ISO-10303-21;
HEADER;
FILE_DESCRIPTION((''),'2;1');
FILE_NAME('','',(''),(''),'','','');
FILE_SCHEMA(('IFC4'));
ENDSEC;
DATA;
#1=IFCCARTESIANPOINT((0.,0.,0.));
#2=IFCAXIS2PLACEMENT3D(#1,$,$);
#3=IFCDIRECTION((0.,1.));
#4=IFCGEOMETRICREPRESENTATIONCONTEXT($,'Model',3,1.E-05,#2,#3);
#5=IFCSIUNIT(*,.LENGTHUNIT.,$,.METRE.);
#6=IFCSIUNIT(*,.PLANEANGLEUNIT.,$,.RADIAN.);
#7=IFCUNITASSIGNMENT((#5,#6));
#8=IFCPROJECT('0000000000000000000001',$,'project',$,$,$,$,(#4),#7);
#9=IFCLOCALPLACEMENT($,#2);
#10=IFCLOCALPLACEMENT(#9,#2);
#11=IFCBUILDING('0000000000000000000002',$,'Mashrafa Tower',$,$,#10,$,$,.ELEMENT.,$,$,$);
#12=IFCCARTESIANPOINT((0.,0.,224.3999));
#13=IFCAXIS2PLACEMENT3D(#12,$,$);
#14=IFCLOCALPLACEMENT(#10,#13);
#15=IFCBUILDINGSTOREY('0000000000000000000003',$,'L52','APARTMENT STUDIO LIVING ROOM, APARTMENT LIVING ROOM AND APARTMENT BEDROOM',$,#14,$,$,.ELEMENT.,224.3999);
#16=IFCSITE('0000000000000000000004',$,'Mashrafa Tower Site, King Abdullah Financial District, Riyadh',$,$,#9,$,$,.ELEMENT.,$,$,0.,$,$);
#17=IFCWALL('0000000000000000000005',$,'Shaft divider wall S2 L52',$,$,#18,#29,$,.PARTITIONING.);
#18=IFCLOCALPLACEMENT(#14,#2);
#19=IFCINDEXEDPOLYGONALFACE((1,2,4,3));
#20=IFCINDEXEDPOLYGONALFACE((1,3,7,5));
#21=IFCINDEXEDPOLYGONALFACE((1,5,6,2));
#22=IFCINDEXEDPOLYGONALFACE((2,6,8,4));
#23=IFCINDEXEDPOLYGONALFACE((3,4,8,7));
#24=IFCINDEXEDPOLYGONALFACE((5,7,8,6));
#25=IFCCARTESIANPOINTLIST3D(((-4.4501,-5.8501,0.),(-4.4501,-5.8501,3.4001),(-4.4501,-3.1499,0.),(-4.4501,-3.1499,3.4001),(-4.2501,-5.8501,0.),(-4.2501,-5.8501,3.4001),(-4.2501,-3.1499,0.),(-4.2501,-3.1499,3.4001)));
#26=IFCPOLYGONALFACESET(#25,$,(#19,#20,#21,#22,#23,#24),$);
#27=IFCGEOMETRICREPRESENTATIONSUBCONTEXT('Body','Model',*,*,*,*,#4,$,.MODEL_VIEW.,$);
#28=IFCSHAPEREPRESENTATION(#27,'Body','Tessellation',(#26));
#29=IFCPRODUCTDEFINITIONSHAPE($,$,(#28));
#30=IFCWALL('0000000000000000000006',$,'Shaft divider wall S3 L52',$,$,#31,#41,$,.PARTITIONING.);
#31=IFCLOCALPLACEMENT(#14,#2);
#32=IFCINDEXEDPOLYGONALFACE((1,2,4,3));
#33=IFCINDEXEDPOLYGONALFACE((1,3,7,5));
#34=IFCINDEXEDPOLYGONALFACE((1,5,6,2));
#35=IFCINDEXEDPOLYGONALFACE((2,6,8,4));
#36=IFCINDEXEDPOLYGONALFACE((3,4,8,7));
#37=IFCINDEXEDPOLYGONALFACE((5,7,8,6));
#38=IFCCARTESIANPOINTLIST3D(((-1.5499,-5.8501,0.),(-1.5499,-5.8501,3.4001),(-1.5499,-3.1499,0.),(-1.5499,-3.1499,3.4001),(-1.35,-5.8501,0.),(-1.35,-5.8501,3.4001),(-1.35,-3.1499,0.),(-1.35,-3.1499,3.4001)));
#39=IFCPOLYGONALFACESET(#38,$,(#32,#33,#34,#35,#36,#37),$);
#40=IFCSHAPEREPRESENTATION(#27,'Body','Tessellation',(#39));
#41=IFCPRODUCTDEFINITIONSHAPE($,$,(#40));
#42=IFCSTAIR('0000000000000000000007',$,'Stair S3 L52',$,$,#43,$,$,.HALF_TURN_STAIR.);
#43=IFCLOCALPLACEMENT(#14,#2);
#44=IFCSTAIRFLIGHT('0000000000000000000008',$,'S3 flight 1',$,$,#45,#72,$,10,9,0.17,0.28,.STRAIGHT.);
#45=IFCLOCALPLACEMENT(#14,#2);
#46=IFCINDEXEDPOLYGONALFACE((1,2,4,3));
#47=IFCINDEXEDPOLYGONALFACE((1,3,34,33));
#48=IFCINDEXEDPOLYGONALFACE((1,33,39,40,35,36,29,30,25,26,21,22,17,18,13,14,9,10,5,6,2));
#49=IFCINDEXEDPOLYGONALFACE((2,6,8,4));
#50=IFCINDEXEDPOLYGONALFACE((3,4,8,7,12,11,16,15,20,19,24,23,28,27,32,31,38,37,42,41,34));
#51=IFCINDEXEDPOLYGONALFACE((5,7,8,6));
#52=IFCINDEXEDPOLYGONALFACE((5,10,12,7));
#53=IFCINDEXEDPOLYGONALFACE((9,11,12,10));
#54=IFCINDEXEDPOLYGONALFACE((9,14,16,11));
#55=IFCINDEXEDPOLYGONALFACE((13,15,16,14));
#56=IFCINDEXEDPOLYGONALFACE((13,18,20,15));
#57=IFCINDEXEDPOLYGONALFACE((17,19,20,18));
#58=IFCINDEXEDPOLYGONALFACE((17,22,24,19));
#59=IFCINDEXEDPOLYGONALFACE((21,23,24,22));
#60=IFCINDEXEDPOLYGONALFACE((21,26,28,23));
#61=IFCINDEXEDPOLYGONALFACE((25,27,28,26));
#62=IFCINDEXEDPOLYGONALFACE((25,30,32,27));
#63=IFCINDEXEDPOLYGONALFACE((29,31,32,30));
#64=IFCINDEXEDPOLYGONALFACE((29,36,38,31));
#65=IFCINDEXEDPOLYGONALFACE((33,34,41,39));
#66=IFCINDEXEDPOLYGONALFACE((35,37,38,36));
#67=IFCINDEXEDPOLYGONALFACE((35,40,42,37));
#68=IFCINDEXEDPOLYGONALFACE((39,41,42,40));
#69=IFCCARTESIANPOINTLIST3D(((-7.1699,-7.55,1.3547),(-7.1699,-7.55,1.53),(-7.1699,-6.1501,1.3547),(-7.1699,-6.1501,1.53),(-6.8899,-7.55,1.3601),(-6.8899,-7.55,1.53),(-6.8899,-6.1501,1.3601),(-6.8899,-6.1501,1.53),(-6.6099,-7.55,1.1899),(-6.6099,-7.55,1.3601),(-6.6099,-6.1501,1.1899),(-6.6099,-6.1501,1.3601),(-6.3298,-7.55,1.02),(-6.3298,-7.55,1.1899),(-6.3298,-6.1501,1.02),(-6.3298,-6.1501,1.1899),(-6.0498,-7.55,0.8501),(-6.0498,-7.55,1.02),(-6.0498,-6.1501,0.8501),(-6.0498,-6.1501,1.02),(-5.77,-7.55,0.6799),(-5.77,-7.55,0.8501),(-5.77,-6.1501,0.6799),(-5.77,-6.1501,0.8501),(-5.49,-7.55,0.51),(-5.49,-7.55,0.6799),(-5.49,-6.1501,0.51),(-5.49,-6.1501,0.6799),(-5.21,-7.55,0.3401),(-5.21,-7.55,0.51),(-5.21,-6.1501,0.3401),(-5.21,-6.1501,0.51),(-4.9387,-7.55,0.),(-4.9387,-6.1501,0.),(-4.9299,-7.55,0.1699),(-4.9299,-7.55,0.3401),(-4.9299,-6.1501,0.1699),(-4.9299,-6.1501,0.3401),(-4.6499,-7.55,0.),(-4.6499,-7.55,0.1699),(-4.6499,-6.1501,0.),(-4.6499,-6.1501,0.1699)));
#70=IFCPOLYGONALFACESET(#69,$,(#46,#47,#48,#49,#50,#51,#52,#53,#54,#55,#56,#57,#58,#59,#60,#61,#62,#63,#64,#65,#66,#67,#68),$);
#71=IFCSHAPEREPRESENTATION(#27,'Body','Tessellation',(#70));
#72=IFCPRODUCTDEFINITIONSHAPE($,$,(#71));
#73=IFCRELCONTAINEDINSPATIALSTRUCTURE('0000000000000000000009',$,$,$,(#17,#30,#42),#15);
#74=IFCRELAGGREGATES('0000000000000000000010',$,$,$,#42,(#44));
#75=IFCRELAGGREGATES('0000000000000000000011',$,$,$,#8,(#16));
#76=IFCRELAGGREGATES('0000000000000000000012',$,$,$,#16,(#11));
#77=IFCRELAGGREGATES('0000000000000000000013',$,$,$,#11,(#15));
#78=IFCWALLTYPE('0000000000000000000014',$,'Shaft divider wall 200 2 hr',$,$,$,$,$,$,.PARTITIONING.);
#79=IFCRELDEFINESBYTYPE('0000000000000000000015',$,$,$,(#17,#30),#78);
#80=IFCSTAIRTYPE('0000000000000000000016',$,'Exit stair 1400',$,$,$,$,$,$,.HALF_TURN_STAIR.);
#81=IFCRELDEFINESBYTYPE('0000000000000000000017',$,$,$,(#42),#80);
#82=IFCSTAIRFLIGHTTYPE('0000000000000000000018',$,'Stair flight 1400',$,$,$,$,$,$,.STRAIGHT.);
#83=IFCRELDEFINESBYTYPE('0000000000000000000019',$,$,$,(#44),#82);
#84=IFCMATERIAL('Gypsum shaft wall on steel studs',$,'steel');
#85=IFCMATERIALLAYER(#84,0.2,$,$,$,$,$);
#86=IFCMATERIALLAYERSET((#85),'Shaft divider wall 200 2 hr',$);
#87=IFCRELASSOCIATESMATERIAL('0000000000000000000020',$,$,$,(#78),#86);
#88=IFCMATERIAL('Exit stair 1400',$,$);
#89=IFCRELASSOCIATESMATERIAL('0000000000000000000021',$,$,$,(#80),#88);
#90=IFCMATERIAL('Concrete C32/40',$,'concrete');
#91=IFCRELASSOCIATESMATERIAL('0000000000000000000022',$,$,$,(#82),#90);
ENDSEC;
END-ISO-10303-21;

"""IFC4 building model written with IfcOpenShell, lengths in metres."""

from ifc_helpers import new_model, si_unit, direction, frame, frame_2d, origin, place, context, subcontext, project, spatial, polyline, rectangle, outline, extrude, material, layer, layer_set, type_object, element, aggregate, save


model = new_model("IFC4")

# Units and contexts
model_context = context("Model", 3, precision=1e-05, world=origin(), true_north=direction((0.0, 1.0)))
body_context = subcontext(model_context, "Body", "Model", "MODEL_VIEW")
ifc_project = project(units=[si_unit("LENGTHUNIT", "METRE"), si_unit("PLANEANGLEUNIT", "RADIAN")], contexts=[model_context])

# Site, building, storey
site_placement = place(None, origin())
site = spatial("IfcSite", under=ifc_project, at=site_placement, Name="Mashrafa Tower Site, King Abdullah Financial District, Riyadh", CompositionType="ELEMENT", RefElevation=0.0)
building_placement = place(site_placement, origin())
building = spatial("IfcBuilding", under=site, at=building_placement, Name="Mashrafa Tower", CompositionType="ELEMENT")
storey_placement = place(building_placement, frame((0.0, 0.0, 224.3999)))
storey = spatial("IfcBuildingStorey", under=building, at=storey_placement, Name="L52", Description="APARTMENT STUDIO LIVING ROOM, APARTMENT LIVING ROOM AND APARTMENT BEDROOM", CompositionType="ELEMENT", Elevation=224.3999)

# Walls
ifc_material_1 = material(Name="Gypsum shaft wall on steel studs", Category="steel")
ifc_layer_1 = layer(ifc_material_1, 0.2)
ifc_layer_set_1 = layer_set([ifc_layer_1], Name="Shaft divider wall 200 2 hr")
wall_type_1 = type_object("IfcWallType", Name="Shaft divider wall 200 2 hr", PredefinedType="PARTITIONING", material=ifc_layer_set_1)
for number, where, z_axis, x_axis, name in (
    (1, (-4.3501, -5.8501, 0.0), (0.0, 0.0, 1.0), (0.0, 1.0, 0.0), "Shaft divider wall S2 L52"),
    (2, (-1.45, -5.8501, 0.0), (0.0, 0.0, 1.0), (0.0, 1.0, 0.0), "Shaft divider wall S3 L52"),
):
    element("IfcWall", number, at=place(storey_placement, frame(where, z_axis=z_axis, x_axis=x_axis)), inside=storey, type_object=wall_type_1, Name=name, PredefinedType="PARTITIONING", context=body_context, shape_type="SweptSolid", body=[
        extrude(rectangle(XDim=2.7002, YDim=0.2, at=frame_2d((1.3501, 0.0))), origin(), (0.0, 0.0, 1.0), 3.4001),
    ])

# Stair, stair flight
ifc_material_2 = material(Name="Exit stair 1400")
stair_type = type_object("IfcStairType", Name="Exit stair 1400", PredefinedType="HALF_TURN_STAIR", material=ifc_material_2)
stair_placement = place(storey_placement, origin())
stair = element("IfcStair", 3, at=stair_placement, inside=storey, type_object=stair_type, Name="Stair S3 L52", PredefinedType="HALF_TURN_STAIR")
ifc_material_3 = material(Name="Concrete C32/40", Category="concrete")
stair_flight_type = type_object("IfcStairFlightType", Name="Stair flight 1400", PredefinedType="STRAIGHT", material=ifc_material_3)
stair_flight_placement = place(storey_placement, frame((-4.6499, -6.8501, 0.0), z_axis=(0.0, 0.0, 1.0), x_axis=(-1.0, 0.0, 0.0)))
stair_flight = element("IfcStairFlight", 4, at=stair_flight_placement, type_object=stair_flight_type, Name="S3 flight 1", NumberOfRisers=10, NumberOfTreads=9, PredefinedType="STRAIGHT", RiserHeight=0.17, TreadLength=0.28, context=body_context, shape_type="SweptSolid", body=[
    extrude(outline(polyline([(0.0, 0.0), (0.0, 0.1699), (0.28, 0.1699), (0.28, 0.3401), (0.5601, 0.3401), (0.5601, 0.51), (0.8401, 0.51), (0.8401, 0.6799), (1.1201, 0.6799), (1.1201, 0.8501), (1.3999, 0.8501), (1.3999, 1.02), (1.6799, 1.02), (1.6799, 1.1899), (1.96, 1.1899), (1.96, 1.3601), (2.24, 1.3601), (2.24, 1.53), (2.52, 1.53), (2.52, 1.7), (2.52, 1.3547), (0.2888, 0.0), (0.0, 0.0)])), frame((0.0, 0.7, 0.0), z_axis=(0.0, -1.0, 0.0), x_axis=(1.0, 0.0, 0.0)), (0.0, 0.0, 1.0), 1.3999),
])
aggregate(stair, [stair_flight])

save(model, "model.ifc")
